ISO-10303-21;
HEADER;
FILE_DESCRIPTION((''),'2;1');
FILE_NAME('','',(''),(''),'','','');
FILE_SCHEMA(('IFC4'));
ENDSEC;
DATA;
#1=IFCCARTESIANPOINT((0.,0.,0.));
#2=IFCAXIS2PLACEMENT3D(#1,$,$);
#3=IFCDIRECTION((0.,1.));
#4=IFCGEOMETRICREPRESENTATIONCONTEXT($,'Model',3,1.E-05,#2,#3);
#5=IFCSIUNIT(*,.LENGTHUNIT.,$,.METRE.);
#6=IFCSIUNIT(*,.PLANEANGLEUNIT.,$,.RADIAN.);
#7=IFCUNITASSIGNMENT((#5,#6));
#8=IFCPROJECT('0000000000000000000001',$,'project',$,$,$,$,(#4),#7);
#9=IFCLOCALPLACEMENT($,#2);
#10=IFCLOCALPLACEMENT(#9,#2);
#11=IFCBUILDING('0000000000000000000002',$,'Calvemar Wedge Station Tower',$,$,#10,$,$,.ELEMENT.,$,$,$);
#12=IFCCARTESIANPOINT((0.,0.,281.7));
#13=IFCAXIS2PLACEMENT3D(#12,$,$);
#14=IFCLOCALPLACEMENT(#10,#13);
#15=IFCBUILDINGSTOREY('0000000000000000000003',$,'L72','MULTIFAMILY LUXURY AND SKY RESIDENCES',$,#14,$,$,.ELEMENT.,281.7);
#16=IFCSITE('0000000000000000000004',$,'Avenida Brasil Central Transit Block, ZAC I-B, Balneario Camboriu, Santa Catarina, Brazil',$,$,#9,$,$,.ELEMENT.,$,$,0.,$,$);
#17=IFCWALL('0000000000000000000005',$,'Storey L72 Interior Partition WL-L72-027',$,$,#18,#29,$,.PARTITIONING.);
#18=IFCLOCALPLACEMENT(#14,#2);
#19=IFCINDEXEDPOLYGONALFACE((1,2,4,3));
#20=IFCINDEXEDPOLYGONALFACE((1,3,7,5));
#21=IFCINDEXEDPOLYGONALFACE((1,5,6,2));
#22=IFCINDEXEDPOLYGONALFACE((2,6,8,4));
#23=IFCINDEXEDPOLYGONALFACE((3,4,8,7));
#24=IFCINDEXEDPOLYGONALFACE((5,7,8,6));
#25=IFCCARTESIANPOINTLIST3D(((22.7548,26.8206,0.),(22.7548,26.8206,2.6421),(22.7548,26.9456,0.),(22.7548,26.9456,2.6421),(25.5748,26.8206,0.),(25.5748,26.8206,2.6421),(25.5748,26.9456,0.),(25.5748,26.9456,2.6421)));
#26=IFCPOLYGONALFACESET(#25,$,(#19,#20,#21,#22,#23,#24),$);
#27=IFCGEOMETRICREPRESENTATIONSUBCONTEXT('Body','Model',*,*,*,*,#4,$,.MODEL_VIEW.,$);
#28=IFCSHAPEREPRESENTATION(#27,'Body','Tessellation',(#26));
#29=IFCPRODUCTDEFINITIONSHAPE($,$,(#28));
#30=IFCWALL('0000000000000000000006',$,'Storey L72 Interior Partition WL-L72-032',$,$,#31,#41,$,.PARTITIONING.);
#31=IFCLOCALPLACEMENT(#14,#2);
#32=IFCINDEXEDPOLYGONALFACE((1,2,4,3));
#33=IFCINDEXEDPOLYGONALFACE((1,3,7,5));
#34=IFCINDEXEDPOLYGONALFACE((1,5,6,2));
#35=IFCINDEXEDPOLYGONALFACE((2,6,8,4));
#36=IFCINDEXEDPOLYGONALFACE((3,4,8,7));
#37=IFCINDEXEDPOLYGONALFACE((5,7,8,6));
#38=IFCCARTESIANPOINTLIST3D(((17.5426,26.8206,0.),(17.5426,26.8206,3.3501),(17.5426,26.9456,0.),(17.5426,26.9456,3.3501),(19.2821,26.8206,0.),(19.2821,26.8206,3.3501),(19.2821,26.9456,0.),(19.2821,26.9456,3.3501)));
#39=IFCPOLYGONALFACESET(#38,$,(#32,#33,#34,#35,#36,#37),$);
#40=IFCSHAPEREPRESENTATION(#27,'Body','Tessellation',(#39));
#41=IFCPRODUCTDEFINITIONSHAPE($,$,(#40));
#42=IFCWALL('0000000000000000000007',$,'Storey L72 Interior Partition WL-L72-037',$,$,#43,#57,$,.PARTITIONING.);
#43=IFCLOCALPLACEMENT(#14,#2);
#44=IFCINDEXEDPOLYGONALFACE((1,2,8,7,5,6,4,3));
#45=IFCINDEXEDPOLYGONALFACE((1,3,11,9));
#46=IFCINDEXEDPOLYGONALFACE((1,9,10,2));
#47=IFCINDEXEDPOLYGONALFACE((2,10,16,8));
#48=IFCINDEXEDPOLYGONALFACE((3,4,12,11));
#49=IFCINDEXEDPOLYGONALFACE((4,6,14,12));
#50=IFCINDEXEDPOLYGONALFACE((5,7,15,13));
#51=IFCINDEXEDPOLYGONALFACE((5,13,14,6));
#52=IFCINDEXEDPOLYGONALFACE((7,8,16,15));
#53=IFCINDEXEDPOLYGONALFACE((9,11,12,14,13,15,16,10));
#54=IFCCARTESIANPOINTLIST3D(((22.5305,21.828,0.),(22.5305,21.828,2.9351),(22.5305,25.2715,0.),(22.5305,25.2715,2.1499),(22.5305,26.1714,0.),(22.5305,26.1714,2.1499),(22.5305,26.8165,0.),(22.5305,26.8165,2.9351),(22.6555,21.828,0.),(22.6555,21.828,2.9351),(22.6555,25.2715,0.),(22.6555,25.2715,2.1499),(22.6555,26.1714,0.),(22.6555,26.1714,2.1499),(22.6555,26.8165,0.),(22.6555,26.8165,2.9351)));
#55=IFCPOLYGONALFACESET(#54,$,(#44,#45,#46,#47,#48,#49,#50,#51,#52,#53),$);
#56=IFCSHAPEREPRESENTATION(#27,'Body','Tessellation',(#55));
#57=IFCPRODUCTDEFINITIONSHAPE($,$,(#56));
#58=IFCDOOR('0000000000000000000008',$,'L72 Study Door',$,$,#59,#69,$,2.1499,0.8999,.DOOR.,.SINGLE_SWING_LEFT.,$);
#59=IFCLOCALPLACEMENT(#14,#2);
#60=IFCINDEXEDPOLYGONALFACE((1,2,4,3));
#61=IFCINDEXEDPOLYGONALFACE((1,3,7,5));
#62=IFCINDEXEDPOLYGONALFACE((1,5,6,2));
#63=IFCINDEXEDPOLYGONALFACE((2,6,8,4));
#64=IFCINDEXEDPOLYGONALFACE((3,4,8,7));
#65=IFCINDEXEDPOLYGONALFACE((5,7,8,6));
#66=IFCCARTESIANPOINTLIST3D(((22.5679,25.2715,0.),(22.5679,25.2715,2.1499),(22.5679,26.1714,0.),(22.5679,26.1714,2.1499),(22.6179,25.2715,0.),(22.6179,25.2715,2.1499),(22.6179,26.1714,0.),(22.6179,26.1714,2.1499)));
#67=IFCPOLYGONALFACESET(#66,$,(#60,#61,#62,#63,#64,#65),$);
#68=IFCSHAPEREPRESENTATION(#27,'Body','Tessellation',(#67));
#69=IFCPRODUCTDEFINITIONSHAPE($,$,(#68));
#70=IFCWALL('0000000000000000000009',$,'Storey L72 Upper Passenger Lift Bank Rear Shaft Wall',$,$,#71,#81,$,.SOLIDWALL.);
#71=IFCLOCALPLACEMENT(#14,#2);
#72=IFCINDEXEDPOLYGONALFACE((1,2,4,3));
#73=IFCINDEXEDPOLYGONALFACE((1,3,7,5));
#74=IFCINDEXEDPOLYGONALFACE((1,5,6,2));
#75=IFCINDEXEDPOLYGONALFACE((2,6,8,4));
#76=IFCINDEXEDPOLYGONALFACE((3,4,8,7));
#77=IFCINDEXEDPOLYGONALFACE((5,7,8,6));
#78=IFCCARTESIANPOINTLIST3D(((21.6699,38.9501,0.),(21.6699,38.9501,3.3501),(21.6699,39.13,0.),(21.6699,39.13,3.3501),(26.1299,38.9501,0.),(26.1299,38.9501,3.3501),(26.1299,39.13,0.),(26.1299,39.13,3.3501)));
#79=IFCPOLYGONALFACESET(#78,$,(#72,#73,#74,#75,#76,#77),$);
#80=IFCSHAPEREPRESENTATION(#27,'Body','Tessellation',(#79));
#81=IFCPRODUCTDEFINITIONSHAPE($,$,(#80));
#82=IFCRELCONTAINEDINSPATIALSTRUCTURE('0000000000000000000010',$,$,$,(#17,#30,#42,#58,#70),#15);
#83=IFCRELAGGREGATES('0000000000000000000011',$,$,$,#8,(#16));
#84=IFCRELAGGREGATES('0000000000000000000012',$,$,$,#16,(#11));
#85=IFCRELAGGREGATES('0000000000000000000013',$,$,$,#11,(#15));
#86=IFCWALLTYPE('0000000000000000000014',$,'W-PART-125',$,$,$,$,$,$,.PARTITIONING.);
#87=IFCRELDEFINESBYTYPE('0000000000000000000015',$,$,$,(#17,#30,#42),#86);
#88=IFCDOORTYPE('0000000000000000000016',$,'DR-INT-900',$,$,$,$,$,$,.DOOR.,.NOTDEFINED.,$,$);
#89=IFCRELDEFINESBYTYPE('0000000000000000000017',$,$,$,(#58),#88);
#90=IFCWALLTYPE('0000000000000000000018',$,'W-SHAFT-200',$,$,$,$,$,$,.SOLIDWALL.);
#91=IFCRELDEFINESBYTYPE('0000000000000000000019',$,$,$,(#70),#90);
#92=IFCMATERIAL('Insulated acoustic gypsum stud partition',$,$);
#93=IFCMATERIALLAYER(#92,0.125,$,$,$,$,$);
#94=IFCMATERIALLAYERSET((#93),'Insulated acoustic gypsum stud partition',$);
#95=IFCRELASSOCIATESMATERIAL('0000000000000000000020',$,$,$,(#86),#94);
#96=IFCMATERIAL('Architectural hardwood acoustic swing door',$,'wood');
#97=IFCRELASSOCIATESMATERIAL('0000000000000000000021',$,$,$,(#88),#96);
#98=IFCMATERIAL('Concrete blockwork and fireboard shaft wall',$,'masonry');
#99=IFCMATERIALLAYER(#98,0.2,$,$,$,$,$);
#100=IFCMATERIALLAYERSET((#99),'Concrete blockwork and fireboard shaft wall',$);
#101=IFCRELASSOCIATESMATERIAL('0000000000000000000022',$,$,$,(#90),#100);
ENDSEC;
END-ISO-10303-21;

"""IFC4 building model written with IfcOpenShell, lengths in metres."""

from ifc_helpers import new_model, si_unit, direction, frame, frame_2d, origin, place, context, subcontext, project, spatial, rectangle, extrude, source, transform, mapped, material, layer, layer_set, type_object, element, fill, save


model = new_model("IFC4")

# Units and contexts
model_context = context("Model", 3, precision=1e-05, world=origin(), true_north=direction((0.0, 1.0)))
body_context = subcontext(model_context, "Body", "Model", "MODEL_VIEW")
ifc_project = project(units=[si_unit("LENGTHUNIT", "METRE"), si_unit("PLANEANGLEUNIT", "RADIAN")], contexts=[model_context])

# Site, building, storey
site_placement = place(None, origin())
site = spatial("IfcSite", under=ifc_project, at=site_placement, Name="Avenida Brasil Central Transit Block, ZAC I-B, Balneario Camboriu, Santa Catarina, Brazil", CompositionType="ELEMENT", RefElevation=0.0)
building_placement = place(site_placement, origin())
building = spatial("IfcBuilding", under=site, at=building_placement, Name="Calvemar Wedge Station Tower", CompositionType="ELEMENT")
storey_placement = place(building_placement, frame((0.0, 0.0, 281.7)))
storey = spatial("IfcBuildingStorey", under=building, at=storey_placement, Name="L72", Description="MULTIFAMILY LUXURY AND SKY RESIDENCES", CompositionType="ELEMENT", Elevation=281.7)

# Shared definitions
ifc_material_1 = material(Name="Insulated acoustic gypsum stud partition")
ifc_layer_1 = layer(ifc_material_1, 0.125)
ifc_layer_set_1 = layer_set([ifc_layer_1], Name="Insulated acoustic gypsum stud partition")
wall_type_1 = type_object("IfcWallType", Name="W-PART-125", PredefinedType="PARTITIONING", material=ifc_layer_set_1)
shared_shape_1 = source(origin(), body_context, "Body", "SweptSolid", [
    extrude(rectangle(XDim=0.8999, YDim=2.1499, at=frame_2d((0.45, 1.075))), frame((0.0, 0.0725, 0.0), z_axis=(0.0, -1.0, 0.0), x_axis=(1.0, 0.0, 0.0)), (0.0, 0.0, 1.0), 0.145),
])
ifc_material_2 = material(Name="Architectural hardwood acoustic swing door", Category="wood")
door_type_1 = type_object("IfcDoorType", Name="DR-INT-900", OperationType="NOTDEFINED", PredefinedType="DOOR", material=ifc_material_2)
shared_shape_2 = source(origin(), body_context, "Body", "SweptSolid", [
    extrude(rectangle(XDim=0.8999, YDim=2.1499, at=frame_2d((0.45, 1.075))), frame((0.0, 0.0249, 0.0), z_axis=(0.0, -1.0, 0.0), x_axis=(1.0, 0.0, 0.0)), (0.0, 0.0, 1.0), 0.05),
])

# Walls
wall_1_placement = place(storey_placement, frame((25.575, 26.8831, 0.0), z_axis=(0.0, 0.0, 1.0), x_axis=(-1.0, 0.0, 0.0)))
element("IfcWall", 1, at=wall_1_placement, inside=storey, type_object=wall_type_1, Name="Storey L72 Interior Partition WL-L72-027", PredefinedType="PARTITIONING", context=body_context, shape_type="SweptSolid", body=[
    extrude(rectangle(XDim=2.8201, YDim=0.125, at=frame_2d((1.4102, 0.0))), origin(), (0.0, 0.0, 1.0), 2.6421),
])
wall_2_placement = place(storey_placement, frame((19.282, 26.8831, 0.0), z_axis=(0.0, 0.0, 1.0), x_axis=(-1.0, 0.0, 0.0)))
element("IfcWall", 2, at=wall_2_placement, inside=storey, type_object=wall_type_1, Name="Storey L72 Interior Partition WL-L72-032", PredefinedType="PARTITIONING", context=body_context, shape_type="SweptSolid", body=[
    extrude(rectangle(XDim=1.7395, YDim=0.125, at=frame_2d((0.8696, 0.0))), origin(), (0.0, 0.0, 1.0), 3.3501),
])

# Wall, opening, door
wall_3_placement = place(storey_placement, frame((22.593, 26.8164, 0.0), z_axis=(0.0, 0.0, 1.0), x_axis=(0.0, -1.0, 0.0)))
wall_3 = element("IfcWall", 3, at=wall_3_placement, inside=storey, type_object=wall_type_1, Name="Storey L72 Interior Partition WL-L72-037", PredefinedType="PARTITIONING", context=body_context, shape_type="SweptSolid", body=[
    extrude(rectangle(XDim=4.9885, YDim=0.125, at=frame_2d((2.4941, 0.0))), origin(), (0.0, 0.0, 1.0), 2.9351),
])
opening_1_placement = place(wall_3_placement, frame((0.645, 0.0, 0.0)))
opening_1 = element("IfcOpeningElement", 4, at=opening_1_placement, cuts=wall_3, PredefinedType="OPENING", context=body_context, shape_type="MappedRepresentation", body=[
    mapped(shared_shape_1, transform((0.0, 0.0, 0.0), scale=1.0)),
])
door_1_placement = place(opening_1_placement, origin())
door_1 = element("IfcDoor", 5, at=door_1_placement, inside=storey, type_object=door_type_1, Name="L72 Study Door", OperationType="SINGLE_SWING_LEFT", OverallHeight=2.1499, OverallWidth=0.8999, PredefinedType="DOOR", context=body_context, shape_type="MappedRepresentation", body=[
    mapped(shared_shape_2, transform((0.0, 0.0, 0.0), scale=1.0)),
])
fill(opening_1, door_1)

# Wall
ifc_material_3 = material(Name="Concrete blockwork and fireboard shaft wall", Category="masonry")
ifc_layer_2 = layer(ifc_material_3, 0.2)
ifc_layer_set_2 = layer_set([ifc_layer_2], Name="Concrete blockwork and fireboard shaft wall")
wall_type_2 = type_object("IfcWallType", Name="W-SHAFT-200", PredefinedType="SOLIDWALL", material=ifc_layer_set_2)
wall_4_placement = place(storey_placement, frame((21.6699, 39.04, 0.0), z_axis=(0.0, 0.0, 1.0), x_axis=(1.0, 0.0, 0.0)))
element("IfcWall", 6, at=wall_4_placement, inside=storey, type_object=wall_type_2, Name="Storey L72 Upper Passenger Lift Bank Rear Shaft Wall", PredefinedType="SOLIDWALL", context=body_context, shape_type="SweptSolid", body=[
    extrude(rectangle(XDim=4.46, YDim=0.1799, at=frame_2d((2.23, 0.0))), origin(), (0.0, 0.0, 1.0), 3.3501),
])

save(model, "model.ifc")
